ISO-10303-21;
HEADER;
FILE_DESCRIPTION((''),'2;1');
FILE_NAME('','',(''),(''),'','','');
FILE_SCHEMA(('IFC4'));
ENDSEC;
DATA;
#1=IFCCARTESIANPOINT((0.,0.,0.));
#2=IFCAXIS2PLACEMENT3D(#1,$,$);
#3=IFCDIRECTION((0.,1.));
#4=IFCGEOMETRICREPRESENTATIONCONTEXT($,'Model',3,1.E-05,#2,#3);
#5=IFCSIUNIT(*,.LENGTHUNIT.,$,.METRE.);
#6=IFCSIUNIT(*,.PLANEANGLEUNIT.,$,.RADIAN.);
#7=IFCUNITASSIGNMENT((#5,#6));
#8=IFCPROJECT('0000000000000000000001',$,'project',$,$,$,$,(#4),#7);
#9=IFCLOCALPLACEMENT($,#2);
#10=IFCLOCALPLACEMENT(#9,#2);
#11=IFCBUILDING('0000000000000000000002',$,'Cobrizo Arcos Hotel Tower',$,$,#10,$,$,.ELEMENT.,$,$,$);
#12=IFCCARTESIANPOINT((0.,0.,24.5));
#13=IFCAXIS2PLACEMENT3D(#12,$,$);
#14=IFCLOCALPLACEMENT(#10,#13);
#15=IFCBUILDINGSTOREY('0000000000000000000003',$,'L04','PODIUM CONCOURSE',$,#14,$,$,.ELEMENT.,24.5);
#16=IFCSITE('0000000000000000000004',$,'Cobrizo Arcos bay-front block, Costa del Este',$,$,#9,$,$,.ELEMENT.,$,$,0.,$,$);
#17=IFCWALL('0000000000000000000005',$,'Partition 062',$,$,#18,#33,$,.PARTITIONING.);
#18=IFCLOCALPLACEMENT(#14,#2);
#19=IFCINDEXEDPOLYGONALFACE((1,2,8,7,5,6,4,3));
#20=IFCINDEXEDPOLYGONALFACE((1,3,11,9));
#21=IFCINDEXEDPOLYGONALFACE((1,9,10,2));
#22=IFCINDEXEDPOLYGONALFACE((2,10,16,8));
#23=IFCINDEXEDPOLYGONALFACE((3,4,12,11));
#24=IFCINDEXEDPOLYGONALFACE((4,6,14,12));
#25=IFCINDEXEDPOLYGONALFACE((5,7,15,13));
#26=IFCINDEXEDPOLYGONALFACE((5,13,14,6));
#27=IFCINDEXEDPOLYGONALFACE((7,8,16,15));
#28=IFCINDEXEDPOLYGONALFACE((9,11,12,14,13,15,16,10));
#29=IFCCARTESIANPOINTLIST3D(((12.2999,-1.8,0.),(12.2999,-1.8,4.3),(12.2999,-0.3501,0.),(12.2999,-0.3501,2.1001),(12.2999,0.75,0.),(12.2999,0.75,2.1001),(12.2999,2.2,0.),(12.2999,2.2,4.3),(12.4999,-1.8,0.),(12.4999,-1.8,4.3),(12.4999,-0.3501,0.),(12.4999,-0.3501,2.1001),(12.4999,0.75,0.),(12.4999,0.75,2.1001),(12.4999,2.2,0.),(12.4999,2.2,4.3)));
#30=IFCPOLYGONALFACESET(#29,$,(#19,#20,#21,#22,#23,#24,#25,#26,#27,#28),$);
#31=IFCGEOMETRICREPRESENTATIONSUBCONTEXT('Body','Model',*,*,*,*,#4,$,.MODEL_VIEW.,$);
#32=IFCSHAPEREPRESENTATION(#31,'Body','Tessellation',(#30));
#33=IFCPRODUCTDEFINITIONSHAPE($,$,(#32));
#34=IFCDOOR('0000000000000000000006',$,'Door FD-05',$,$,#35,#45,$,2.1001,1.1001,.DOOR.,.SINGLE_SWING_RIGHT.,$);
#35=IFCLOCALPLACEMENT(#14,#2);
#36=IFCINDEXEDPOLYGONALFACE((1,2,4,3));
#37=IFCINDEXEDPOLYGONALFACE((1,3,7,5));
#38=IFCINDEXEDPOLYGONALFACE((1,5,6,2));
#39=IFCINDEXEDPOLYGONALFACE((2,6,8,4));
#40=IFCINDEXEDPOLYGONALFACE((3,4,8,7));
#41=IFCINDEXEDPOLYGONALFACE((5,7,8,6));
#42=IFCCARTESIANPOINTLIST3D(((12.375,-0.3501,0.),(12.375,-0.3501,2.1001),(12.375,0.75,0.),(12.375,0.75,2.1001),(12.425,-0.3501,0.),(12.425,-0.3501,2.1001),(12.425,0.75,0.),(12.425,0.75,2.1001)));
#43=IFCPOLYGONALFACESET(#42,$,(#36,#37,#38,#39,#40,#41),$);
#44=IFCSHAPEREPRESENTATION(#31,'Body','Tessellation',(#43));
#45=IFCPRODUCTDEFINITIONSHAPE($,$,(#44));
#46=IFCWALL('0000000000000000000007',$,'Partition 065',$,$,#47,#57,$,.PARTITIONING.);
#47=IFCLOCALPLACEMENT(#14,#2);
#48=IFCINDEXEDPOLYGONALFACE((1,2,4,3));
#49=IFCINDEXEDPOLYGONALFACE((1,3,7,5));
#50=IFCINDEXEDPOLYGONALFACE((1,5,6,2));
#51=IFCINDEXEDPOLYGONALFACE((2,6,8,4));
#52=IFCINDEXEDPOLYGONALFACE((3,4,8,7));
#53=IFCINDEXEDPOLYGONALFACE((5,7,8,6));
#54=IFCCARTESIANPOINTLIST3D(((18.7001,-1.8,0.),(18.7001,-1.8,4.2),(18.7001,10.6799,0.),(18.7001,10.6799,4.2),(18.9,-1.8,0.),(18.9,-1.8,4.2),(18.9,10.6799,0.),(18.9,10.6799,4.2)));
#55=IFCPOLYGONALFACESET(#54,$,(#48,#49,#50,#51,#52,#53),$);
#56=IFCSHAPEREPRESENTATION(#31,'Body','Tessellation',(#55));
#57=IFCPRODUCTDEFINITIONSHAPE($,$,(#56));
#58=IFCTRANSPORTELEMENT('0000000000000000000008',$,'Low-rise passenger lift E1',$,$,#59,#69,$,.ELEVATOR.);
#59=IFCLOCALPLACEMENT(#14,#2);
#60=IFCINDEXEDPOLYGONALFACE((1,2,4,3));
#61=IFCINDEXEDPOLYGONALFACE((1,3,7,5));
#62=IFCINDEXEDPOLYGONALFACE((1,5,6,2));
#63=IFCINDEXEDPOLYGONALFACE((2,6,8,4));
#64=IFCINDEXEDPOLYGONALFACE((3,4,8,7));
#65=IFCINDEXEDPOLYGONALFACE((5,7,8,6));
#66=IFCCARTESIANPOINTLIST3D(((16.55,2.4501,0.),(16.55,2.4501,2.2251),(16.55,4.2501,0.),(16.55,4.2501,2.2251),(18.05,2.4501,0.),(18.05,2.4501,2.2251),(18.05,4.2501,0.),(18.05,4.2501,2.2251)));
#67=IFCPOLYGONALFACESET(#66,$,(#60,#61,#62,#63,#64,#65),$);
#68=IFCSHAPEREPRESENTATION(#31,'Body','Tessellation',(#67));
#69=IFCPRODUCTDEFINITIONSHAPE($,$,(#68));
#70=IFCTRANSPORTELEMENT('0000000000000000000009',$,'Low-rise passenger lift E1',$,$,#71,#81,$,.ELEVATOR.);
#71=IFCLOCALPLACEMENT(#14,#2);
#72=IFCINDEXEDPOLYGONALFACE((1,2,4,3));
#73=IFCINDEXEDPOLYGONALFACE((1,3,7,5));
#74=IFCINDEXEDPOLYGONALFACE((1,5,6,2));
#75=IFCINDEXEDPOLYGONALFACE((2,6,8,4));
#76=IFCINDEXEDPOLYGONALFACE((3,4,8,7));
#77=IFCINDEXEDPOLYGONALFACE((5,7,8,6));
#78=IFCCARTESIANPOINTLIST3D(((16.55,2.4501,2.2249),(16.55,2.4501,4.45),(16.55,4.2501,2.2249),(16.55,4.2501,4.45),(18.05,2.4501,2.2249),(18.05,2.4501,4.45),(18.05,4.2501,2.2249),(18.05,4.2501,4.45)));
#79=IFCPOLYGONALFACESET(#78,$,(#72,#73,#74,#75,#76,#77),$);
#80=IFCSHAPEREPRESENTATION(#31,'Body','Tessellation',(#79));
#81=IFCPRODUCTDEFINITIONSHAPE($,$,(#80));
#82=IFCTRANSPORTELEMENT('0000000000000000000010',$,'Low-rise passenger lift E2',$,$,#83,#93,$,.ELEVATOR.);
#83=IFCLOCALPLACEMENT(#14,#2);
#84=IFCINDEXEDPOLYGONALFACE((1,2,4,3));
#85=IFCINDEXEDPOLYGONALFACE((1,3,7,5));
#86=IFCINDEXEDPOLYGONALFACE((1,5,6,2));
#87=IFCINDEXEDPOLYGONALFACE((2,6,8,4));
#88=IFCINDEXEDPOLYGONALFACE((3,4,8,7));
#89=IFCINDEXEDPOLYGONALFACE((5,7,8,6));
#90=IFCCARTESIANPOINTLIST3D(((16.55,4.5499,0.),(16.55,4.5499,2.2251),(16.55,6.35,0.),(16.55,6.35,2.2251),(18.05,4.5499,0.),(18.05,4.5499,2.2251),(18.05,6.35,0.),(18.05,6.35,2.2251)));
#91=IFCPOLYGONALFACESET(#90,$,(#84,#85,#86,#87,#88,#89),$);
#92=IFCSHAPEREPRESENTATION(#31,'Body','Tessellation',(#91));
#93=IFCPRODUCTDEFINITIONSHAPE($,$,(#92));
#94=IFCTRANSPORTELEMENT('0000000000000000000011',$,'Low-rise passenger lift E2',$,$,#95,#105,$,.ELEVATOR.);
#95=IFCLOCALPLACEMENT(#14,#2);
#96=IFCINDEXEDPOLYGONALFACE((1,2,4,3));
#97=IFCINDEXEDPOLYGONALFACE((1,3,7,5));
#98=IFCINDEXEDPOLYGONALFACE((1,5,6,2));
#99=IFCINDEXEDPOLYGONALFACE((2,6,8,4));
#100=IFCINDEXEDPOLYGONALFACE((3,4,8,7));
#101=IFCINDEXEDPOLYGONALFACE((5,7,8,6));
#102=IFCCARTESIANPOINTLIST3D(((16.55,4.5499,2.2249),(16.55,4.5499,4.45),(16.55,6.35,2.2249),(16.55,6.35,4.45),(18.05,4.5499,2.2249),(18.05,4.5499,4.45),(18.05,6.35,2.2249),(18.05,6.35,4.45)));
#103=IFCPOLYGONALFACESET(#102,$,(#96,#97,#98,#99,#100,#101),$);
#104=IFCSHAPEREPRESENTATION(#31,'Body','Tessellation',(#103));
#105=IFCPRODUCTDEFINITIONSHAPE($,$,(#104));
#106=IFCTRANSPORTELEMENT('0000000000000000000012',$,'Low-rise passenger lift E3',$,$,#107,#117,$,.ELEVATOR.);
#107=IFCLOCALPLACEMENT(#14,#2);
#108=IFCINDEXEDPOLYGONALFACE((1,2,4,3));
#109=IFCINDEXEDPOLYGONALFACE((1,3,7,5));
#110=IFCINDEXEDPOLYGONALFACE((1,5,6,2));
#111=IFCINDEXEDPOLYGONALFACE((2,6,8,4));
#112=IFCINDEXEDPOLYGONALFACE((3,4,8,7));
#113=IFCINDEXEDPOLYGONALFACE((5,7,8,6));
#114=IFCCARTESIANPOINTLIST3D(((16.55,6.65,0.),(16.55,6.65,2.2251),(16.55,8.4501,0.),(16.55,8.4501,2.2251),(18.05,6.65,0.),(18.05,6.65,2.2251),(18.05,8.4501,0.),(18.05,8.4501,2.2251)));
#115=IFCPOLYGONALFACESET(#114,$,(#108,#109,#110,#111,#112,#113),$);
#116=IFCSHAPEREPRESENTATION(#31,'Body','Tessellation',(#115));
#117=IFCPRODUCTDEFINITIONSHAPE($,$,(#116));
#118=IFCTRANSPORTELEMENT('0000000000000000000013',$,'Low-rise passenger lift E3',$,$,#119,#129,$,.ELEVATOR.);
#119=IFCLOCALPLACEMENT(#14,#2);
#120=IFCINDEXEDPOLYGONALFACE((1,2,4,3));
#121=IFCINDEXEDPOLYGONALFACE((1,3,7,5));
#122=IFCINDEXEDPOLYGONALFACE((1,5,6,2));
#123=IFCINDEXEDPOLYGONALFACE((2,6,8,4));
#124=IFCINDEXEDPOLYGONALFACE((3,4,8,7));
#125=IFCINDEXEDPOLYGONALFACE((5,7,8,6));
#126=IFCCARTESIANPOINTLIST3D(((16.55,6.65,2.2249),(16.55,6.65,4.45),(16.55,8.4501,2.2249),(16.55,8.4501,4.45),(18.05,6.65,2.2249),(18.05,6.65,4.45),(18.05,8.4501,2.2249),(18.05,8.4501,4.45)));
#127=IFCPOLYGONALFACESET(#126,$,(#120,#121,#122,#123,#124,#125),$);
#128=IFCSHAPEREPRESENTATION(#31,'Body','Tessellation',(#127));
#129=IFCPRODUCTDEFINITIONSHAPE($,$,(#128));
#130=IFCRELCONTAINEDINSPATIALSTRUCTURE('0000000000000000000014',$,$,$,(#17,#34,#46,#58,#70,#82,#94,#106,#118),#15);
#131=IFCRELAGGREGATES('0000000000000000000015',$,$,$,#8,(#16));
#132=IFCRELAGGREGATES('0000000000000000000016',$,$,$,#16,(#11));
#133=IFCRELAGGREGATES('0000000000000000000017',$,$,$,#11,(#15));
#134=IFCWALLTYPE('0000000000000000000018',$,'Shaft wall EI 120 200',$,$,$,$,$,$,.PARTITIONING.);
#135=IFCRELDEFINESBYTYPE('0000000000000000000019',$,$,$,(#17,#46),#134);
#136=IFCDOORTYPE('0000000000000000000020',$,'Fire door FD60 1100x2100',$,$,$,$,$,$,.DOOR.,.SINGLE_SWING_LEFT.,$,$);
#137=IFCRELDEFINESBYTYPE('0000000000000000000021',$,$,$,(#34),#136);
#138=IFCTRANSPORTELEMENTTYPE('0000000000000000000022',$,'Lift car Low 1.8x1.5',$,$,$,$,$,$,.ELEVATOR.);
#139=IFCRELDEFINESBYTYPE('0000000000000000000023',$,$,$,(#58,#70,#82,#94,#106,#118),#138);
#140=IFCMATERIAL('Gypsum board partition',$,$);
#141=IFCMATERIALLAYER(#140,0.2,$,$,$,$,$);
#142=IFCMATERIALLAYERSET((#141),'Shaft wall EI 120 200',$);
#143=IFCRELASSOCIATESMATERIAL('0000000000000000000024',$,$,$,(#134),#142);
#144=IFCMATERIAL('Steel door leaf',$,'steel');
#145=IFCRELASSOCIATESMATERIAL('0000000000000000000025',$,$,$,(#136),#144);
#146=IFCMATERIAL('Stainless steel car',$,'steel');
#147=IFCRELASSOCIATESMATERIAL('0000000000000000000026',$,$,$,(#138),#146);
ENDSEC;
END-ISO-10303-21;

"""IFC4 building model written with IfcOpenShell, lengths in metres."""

from ifc_helpers import new_model, si_unit, direction, frame, frame_2d, origin, origin_2d, place, context, subcontext, project, spatial, rectangle, extrude, material, layer, layer_set, type_object, element, fill, save


model = new_model("IFC4")

# Units and contexts
model_context = context("Model", 3, precision=1e-05, world=origin(), true_north=direction((0.0, 1.0)))
body_context = subcontext(model_context, "Body", "Model", "MODEL_VIEW")
ifc_project = project(units=[si_unit("LENGTHUNIT", "METRE"), si_unit("PLANEANGLEUNIT", "RADIAN")], contexts=[model_context])

# Site, building, storey
site_placement = place(None, origin())
site = spatial("IfcSite", under=ifc_project, at=site_placement, Name="Cobrizo Arcos bay-front block, Costa del Este", CompositionType="ELEMENT", RefElevation=0.0)
building_placement = place(site_placement, origin())
building = spatial("IfcBuilding", under=site, at=building_placement, Name="Cobrizo Arcos Hotel Tower", CompositionType="ELEMENT")
storey_placement = place(building_placement, frame((0.0, 0.0, 24.5)))
storey = spatial("IfcBuildingStorey", under=building, at=storey_placement, Name="L04", Description="PODIUM CONCOURSE", CompositionType="ELEMENT", Elevation=24.5)

# Shared definitions
ifc_material_1 = material(Name="Gypsum board partition")
ifc_layer_1 = layer(ifc_material_1, 0.2)
ifc_layer_set_1 = layer_set([ifc_layer_1], Name="Shaft wall EI 120 200")
wall_type_1 = type_object("IfcWallType", Name="Shaft wall EI 120 200", PredefinedType="PARTITIONING", material=ifc_layer_set_1)

# Shared definitions
ifc_material_2 = material(Name="Steel door leaf", Category="steel")
door_type = type_object("IfcDoorType", Name="Fire door FD60 1100x2100", OperationType="SINGLE_SWING_LEFT", PredefinedType="DOOR", material=ifc_material_2)

# Wall, opening, door
wall_1_placement = place(storey_placement, frame((12.3999, -1.8, 0.0), z_axis=(0.0, 0.0, 1.0), x_axis=(0.0, 1.0, 0.0)))
wall_1 = element("IfcWall", 1, at=wall_1_placement, inside=storey, type_object=wall_type_1, Name="Partition 062", PredefinedType="PARTITIONING", context=body_context, shape_type="SweptSolid", body=[
    extrude(rectangle(XDim=4.0, YDim=0.2, at=frame_2d((2.0, 0.0))), origin(), (0.0, 0.0, 1.0), 4.3),
])
opening_1_placement = place(wall_1_placement, frame((1.45, 0.0, 0.0)))
opening_1 = element("IfcOpeningElement", 2, at=opening_1_placement, cuts=wall_1, PredefinedType="OPENING", context=body_context, shape_type="SweptSolid", body=[
    extrude(rectangle(XDim=1.1001, YDim=2.1001, at=frame_2d((0.55, 1.05))), frame((0.0, 0.1121, 0.0), z_axis=(0.0, -1.0, 0.0), x_axis=(1.0, 0.0, 0.0)), (0.0, 0.0, 1.0), 0.2239),
])
door_1_placement = place(opening_1_placement, origin())
door_1 = element("IfcDoor", 3, at=door_1_placement, inside=storey, type_object=door_type, Name="Door FD-05", OperationType="SINGLE_SWING_RIGHT", OverallHeight=2.1001, OverallWidth=1.1001, PredefinedType="DOOR", context=body_context, shape_type="SweptSolid", body=[
    extrude(rectangle(XDim=1.1001, YDim=2.1001, at=frame_2d((0.55, 1.05))), frame((0.0, 0.0249, 0.0), z_axis=(0.0, -1.0, 0.0), x_axis=(1.0, 0.0, 0.0)), (0.0, 0.0, 1.0), 0.05),
])
fill(opening_1, door_1)

# Wall
wall_2_placement = place(storey_placement, frame((18.8, -1.8, 0.0), z_axis=(0.0, 0.0, 1.0), x_axis=(0.0, 1.0, 0.0)))
element("IfcWall", 4, at=wall_2_placement, inside=storey, type_object=wall_type_1, Name="Partition 065", PredefinedType="PARTITIONING", context=body_context, shape_type="SweptSolid", body=[
    extrude(rectangle(XDim=12.48, YDim=0.2, at=frame_2d((6.24, 0.0))), origin(), (0.0, 0.0, 1.0), 4.2),
])

# Transport elements
ifc_material_3 = material(Name="Stainless steel car", Category="steel")
transport_element_type = type_object("IfcTransportElementType", Name="Lift car Low 1.8x1.5", PredefinedType="ELEVATOR", material=ifc_material_3)
for number, where, z_axis, x_axis, name in (
    (5, (17.3, 3.3501, 0.0), (0.0, 0.0, 1.0), (1.0, 0.0, 0.0), "Low-rise passenger lift E1"),
    (6, (17.3, 3.3501, 2.2249), (0.0, 0.0, 1.0), (1.0, 0.0, 0.0), "Low-rise passenger lift E1"),
    (7, (17.3, 5.45, 0.0), (0.0, 0.0, 1.0), (1.0, 0.0, 0.0), "Low-rise passenger lift E2"),
    (8, (17.3, 5.45, 2.2249), (0.0, 0.0, 1.0), (1.0, 0.0, 0.0), "Low-rise passenger lift E2"),
    (9, (17.3, 7.55, 0.0), (0.0, 0.0, 1.0), (1.0, 0.0, 0.0), "Low-rise passenger lift E3"),
    (10, (17.3, 7.55, 2.2249), (0.0, 0.0, 1.0), (1.0, 0.0, 0.0), "Low-rise passenger lift E3"),
):
    element("IfcTransportElement", number, at=place(storey_placement, frame(where, z_axis=z_axis, x_axis=x_axis)), inside=storey, type_object=transport_element_type, Name=name, PredefinedType="ELEVATOR", context=body_context, shape_type="SweptSolid", body=[
        extrude(rectangle(XDim=1.5, YDim=1.8, at=origin_2d()), origin(), (0.0, 0.0, 1.0), 2.2251),
    ])

save(model, "model.ifc")
